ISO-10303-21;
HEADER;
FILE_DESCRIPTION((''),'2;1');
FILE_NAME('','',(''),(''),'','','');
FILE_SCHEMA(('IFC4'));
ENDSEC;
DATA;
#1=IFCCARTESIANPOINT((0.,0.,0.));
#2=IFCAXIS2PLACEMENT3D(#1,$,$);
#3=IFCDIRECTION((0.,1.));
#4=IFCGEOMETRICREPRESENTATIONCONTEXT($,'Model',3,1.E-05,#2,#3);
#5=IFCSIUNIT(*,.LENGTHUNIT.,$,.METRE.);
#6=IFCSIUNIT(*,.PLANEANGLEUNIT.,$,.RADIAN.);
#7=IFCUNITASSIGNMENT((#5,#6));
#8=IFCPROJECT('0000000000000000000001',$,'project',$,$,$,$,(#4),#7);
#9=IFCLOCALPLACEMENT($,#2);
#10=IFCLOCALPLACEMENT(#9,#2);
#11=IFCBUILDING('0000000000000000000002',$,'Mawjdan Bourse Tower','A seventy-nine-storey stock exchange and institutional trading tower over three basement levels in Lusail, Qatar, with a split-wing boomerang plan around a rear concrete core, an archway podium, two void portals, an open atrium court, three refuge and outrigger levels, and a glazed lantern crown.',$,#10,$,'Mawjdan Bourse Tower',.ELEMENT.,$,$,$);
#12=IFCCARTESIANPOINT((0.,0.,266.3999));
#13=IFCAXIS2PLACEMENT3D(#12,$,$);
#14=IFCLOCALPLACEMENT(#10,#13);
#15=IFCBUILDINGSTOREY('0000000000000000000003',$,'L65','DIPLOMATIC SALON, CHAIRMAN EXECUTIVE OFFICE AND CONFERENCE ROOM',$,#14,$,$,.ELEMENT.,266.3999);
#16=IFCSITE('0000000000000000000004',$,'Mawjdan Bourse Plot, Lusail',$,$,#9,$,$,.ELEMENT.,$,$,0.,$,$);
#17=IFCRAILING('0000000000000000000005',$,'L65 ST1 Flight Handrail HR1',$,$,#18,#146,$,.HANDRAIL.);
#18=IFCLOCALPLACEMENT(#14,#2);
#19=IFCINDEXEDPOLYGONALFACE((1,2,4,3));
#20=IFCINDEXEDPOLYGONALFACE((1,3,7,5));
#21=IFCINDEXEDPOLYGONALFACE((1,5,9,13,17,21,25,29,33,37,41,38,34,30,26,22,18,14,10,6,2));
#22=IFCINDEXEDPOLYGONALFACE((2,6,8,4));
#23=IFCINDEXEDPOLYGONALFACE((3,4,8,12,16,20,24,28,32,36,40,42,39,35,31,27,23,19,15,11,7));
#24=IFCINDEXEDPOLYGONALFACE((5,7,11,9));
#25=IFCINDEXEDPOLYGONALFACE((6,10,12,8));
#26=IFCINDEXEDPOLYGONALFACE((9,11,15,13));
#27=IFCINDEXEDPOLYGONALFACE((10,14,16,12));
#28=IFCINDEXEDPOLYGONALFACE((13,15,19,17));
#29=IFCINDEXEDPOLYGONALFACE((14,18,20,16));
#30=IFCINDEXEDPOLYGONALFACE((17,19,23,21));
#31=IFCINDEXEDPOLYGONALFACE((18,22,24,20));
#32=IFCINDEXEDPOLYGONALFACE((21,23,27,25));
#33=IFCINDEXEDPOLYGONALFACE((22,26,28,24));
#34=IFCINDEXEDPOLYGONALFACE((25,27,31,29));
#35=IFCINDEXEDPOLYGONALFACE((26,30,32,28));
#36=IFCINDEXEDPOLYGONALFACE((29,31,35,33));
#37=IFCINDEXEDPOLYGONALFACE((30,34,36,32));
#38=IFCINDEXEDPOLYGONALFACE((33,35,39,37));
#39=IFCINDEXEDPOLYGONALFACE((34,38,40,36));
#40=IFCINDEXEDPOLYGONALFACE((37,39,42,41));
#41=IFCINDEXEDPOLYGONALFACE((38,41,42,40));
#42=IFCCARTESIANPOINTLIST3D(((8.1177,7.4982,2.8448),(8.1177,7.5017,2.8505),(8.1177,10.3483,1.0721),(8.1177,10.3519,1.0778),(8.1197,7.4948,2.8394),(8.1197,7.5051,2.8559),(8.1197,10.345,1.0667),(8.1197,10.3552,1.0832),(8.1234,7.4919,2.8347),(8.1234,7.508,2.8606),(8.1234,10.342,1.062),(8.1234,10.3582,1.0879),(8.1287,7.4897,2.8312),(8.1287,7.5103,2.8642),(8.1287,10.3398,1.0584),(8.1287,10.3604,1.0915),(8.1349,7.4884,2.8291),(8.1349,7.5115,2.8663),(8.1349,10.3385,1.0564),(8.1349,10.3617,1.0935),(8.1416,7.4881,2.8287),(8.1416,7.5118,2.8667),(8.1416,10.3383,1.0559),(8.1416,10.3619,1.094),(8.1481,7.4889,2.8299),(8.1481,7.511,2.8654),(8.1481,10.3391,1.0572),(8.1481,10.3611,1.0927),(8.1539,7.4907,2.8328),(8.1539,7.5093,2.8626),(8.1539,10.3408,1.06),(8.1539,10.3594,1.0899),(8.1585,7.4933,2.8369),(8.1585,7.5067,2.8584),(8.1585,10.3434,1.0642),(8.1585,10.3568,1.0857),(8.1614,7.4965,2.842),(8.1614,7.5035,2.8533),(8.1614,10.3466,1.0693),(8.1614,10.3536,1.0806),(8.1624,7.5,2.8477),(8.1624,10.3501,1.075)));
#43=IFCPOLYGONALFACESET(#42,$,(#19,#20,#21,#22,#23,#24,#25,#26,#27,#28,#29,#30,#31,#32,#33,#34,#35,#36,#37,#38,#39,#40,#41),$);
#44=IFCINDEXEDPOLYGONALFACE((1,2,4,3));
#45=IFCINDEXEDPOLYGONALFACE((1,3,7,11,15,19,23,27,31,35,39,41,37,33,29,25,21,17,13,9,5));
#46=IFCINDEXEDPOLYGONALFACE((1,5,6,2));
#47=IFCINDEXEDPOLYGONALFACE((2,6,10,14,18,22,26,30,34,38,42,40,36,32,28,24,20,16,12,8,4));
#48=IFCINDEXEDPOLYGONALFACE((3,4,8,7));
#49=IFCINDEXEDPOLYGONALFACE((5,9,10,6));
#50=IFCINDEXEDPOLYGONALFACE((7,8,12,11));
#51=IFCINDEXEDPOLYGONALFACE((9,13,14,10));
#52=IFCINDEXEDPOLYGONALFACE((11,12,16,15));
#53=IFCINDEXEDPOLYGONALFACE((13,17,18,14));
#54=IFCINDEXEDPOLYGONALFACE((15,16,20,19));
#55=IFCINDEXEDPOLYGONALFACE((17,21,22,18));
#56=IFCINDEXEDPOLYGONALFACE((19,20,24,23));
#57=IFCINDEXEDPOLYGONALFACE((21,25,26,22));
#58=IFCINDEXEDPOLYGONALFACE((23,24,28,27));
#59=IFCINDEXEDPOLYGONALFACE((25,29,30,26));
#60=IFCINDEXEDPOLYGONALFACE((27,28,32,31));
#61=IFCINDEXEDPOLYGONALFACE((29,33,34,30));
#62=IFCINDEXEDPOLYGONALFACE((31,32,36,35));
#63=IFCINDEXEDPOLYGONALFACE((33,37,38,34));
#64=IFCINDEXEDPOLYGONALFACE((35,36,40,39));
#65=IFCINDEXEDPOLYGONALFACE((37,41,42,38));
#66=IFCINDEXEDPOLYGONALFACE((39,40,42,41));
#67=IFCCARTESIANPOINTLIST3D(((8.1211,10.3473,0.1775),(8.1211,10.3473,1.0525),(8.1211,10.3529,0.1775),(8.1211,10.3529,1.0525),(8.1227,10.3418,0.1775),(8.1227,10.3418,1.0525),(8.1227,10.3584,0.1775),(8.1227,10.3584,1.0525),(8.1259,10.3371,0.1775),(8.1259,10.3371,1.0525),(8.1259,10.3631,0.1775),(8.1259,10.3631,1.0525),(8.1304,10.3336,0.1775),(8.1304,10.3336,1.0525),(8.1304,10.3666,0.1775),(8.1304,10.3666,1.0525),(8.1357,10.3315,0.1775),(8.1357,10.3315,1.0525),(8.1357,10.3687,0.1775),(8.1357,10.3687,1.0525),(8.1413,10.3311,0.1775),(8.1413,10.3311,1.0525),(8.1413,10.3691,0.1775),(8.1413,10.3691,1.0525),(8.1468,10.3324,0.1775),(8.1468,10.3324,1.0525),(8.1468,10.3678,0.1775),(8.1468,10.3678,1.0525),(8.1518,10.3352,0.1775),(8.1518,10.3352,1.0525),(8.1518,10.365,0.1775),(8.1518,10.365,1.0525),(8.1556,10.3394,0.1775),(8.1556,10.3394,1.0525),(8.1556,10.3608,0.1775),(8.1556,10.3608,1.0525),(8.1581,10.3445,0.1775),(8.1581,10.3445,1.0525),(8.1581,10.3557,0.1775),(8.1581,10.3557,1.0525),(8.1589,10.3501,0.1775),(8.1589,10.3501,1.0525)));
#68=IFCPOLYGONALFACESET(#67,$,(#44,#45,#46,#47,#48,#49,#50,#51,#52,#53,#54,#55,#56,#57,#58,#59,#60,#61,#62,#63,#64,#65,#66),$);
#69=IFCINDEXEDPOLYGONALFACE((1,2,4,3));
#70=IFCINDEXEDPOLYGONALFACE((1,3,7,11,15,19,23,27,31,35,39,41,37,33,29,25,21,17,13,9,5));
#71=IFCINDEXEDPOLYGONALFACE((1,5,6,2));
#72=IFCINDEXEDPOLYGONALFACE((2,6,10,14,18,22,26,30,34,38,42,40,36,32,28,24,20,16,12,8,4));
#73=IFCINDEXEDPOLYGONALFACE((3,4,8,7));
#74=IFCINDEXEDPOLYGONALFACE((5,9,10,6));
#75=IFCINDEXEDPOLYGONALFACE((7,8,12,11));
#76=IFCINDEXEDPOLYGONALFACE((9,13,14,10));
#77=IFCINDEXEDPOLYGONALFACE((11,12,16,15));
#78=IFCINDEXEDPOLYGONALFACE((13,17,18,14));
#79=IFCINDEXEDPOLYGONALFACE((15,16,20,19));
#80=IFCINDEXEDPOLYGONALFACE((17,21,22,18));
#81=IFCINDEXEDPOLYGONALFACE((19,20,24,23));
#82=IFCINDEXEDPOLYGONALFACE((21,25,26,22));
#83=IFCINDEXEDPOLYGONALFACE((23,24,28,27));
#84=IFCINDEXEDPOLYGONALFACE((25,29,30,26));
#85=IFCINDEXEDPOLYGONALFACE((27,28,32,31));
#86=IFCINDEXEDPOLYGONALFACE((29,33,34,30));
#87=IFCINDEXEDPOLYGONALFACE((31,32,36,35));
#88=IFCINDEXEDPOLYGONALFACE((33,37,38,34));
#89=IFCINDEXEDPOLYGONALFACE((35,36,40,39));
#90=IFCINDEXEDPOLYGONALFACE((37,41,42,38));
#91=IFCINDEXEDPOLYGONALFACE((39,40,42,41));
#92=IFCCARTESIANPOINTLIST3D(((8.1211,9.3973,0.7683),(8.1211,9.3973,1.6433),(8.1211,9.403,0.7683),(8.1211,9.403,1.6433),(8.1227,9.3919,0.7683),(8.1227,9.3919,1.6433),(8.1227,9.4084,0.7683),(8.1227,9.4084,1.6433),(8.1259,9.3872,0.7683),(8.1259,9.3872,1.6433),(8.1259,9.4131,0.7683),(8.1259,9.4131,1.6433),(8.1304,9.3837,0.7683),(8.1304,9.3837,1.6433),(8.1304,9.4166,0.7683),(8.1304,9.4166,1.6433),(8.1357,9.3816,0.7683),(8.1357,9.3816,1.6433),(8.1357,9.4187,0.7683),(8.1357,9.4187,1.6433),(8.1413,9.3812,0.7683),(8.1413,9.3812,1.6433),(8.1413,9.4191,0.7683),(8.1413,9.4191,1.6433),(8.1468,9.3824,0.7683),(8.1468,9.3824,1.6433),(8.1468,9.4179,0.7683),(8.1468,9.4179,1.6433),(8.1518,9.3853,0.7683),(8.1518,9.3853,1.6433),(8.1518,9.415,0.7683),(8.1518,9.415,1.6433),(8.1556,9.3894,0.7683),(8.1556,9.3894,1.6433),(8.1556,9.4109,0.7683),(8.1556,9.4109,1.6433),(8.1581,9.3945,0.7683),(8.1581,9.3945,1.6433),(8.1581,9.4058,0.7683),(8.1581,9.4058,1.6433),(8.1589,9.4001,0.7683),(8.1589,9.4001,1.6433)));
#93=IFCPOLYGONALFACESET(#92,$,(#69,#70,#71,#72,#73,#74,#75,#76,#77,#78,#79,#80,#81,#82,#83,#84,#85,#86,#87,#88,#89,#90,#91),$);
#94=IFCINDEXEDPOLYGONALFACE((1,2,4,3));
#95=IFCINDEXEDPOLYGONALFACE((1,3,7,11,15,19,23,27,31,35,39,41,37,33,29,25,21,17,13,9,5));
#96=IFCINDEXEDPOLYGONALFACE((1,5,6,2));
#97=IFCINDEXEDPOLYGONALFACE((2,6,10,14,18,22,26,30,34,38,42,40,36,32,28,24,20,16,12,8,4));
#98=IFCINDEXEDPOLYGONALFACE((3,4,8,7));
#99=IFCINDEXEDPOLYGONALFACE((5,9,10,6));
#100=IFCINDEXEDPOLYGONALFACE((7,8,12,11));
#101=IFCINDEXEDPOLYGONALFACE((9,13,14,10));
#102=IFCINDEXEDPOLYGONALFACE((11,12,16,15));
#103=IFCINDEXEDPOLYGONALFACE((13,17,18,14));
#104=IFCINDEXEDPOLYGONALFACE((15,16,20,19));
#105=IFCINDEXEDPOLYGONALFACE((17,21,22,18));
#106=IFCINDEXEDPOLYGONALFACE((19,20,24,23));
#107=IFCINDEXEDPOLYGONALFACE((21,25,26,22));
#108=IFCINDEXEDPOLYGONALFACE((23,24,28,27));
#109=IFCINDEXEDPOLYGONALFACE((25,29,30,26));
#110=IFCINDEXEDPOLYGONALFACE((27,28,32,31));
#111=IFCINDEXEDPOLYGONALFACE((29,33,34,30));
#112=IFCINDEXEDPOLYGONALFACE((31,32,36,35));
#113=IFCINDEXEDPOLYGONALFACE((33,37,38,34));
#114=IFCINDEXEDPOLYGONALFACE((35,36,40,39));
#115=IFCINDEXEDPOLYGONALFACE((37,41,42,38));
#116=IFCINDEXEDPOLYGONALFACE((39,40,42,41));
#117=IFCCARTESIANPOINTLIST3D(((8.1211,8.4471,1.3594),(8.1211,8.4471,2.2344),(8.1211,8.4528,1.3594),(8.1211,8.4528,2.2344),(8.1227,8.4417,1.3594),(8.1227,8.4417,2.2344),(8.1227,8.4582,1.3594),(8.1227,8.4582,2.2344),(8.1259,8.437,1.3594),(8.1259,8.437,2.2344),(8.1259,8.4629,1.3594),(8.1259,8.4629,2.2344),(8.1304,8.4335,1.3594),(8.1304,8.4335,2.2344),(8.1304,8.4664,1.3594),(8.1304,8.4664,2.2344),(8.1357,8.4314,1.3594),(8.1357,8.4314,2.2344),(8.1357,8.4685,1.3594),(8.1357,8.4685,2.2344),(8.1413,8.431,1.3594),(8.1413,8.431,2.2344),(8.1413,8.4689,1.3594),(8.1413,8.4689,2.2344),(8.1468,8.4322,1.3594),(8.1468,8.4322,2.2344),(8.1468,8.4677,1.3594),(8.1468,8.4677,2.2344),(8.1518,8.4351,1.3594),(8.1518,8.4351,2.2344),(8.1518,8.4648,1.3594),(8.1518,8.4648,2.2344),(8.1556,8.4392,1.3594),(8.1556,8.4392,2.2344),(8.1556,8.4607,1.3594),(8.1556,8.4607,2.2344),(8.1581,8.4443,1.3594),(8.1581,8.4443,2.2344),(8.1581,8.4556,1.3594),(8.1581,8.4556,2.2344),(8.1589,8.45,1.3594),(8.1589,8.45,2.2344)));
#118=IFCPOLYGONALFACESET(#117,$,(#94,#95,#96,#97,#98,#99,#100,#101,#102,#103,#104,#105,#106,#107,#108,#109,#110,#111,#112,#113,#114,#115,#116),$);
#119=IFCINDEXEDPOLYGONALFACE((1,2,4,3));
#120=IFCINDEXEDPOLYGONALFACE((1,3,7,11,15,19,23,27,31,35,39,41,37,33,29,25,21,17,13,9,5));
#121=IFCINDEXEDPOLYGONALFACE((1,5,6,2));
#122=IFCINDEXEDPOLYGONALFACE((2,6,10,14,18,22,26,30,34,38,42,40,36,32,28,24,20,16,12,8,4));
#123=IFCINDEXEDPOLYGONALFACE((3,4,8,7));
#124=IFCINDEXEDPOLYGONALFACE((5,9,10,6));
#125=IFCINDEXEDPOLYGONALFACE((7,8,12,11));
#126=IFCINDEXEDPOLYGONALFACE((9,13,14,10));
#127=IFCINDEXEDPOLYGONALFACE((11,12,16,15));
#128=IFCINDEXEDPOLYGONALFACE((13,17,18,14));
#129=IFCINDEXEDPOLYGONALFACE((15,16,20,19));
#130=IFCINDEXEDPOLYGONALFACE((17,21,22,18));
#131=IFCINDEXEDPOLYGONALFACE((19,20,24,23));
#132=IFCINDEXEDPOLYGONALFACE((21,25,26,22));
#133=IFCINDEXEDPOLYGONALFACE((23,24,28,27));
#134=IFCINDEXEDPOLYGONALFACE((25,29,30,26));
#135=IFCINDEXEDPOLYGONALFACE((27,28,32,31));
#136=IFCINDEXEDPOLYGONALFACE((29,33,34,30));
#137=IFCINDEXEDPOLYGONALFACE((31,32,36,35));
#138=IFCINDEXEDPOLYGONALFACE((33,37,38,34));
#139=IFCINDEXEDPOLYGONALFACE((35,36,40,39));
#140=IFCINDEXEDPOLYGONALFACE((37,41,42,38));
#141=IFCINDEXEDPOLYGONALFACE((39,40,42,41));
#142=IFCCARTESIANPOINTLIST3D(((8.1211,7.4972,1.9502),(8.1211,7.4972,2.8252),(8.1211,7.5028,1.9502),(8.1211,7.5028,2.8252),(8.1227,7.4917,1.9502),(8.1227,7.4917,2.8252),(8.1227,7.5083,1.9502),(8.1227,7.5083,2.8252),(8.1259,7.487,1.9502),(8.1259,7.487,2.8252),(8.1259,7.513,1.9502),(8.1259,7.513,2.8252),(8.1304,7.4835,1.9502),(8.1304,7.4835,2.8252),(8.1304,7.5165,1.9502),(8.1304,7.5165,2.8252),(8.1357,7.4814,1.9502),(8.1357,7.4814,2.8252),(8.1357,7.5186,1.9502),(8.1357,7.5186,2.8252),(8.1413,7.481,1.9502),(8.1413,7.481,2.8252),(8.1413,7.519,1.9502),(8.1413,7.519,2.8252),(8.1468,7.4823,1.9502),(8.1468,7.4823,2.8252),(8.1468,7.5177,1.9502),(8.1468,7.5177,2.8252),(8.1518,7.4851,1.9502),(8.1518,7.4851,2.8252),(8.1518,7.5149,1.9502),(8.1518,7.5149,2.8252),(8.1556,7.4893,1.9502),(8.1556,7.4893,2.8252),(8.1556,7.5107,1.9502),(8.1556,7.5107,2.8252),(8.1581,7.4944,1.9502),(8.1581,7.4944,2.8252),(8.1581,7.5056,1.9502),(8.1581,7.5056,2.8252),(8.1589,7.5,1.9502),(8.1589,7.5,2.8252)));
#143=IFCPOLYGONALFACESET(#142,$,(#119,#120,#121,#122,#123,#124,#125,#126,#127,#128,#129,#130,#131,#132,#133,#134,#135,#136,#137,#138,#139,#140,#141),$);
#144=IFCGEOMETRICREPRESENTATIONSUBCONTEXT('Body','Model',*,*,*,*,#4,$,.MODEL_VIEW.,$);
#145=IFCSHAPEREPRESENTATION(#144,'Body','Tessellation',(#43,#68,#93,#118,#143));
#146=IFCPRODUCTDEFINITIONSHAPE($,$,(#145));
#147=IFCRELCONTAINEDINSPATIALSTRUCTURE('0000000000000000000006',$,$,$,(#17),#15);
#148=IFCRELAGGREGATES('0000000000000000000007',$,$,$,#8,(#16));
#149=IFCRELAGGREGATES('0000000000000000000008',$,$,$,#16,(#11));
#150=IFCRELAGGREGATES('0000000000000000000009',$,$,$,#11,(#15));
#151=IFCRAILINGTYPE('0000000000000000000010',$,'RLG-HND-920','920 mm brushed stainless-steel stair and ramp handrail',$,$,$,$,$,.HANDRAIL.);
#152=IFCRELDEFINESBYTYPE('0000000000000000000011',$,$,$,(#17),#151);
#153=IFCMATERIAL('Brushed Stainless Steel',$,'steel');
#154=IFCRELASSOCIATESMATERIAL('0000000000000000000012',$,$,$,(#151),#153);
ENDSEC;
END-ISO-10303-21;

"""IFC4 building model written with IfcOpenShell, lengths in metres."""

from ifc_helpers import new_model, si_unit, direction, frame, origin, origin_2d, place, context, subcontext, project, spatial, circle, extrude, material, type_object, element, save


model = new_model("IFC4")

# Units and contexts
model_context = context("Model", 3, precision=1e-05, world=origin(), true_north=direction((0.0, 1.0)))
body_context = subcontext(model_context, "Body", "Model", "MODEL_VIEW")
ifc_project = project(units=[si_unit("LENGTHUNIT", "METRE"), si_unit("PLANEANGLEUNIT", "RADIAN")], contexts=[model_context])

# Site, building, storey
site_placement = place(None, origin())
site = spatial("IfcSite", under=ifc_project, at=site_placement, Name="Mawjdan Bourse Plot, Lusail", CompositionType="ELEMENT", RefElevation=0.0)
building_placement = place(site_placement, origin())
building = spatial("IfcBuilding", under=site, at=building_placement, Name="Mawjdan Bourse Tower", Description="A seventy-nine-storey stock exchange and institutional trading tower over three basement levels in Lusail, Qatar, with a split-wing boomerang plan around a rear concrete core, an archway podium, two void portals, an open atrium court, three refuge and outrigger levels, and a glazed lantern crown.", LongName="Mawjdan Bourse Tower", CompositionType="ELEMENT")
storey_placement = place(building_placement, frame((0.0, 0.0, 266.3999)))
storey = spatial("IfcBuildingStorey", under=building, at=storey_placement, Name="L65", Description="DIPLOMATIC SALON, CHAIRMAN EXECUTIVE OFFICE AND CONFERENCE ROOM", CompositionType="ELEMENT", Elevation=266.3999)

# Railing
ifc_material_1 = material(Name="Brushed Stainless Steel", Category="steel")
railing_type_1 = type_object("IfcRailingType", Name="RLG-HND-920", Description="920 mm brushed stainless-steel stair and ramp handrail", PredefinedType="HANDRAIL", material=ifc_material_1)
for number, where, name in (
    (1, (8.1399, 10.3501, 0.1775), "L65 ST1 Flight Handrail HR1"),
):
    element("IfcRailing", number, at=place(storey_placement, frame(where)), inside=storey, type_object=railing_type_1, Name=name, PredefinedType="HANDRAIL", context=body_context, shape_type="SweptSolid", body=[
        extrude(circle(Radius=0.0225, at=origin_2d()), frame((0.0, 0.0, 0.8975), z_axis=(0.0, -0.849149, 0.528154), x_axis=(1.0, 0.0, 0.0)), (0.0, 0.0, 1.0), 3.3564),
        extrude(circle(Radius=0.019, at=origin_2d()), origin(), (0.0, 0.0, 1.0), 0.875),
        extrude(circle(Radius=0.019, at=origin_2d()), frame((0.0, -0.95, 0.5908)), (0.0, 0.0, 1.0), 0.875),
        extrude(circle(Radius=0.019, at=origin_2d()), frame((0.0, -1.9001, 1.1819)), (0.0, 0.0, 1.0), 0.875),
        extrude(circle(Radius=0.019, at=origin_2d()), frame((0.0, -2.8501, 1.7727)), (0.0, 0.0, 1.0), 0.875),
    ])

save(model, "model.ifc")
